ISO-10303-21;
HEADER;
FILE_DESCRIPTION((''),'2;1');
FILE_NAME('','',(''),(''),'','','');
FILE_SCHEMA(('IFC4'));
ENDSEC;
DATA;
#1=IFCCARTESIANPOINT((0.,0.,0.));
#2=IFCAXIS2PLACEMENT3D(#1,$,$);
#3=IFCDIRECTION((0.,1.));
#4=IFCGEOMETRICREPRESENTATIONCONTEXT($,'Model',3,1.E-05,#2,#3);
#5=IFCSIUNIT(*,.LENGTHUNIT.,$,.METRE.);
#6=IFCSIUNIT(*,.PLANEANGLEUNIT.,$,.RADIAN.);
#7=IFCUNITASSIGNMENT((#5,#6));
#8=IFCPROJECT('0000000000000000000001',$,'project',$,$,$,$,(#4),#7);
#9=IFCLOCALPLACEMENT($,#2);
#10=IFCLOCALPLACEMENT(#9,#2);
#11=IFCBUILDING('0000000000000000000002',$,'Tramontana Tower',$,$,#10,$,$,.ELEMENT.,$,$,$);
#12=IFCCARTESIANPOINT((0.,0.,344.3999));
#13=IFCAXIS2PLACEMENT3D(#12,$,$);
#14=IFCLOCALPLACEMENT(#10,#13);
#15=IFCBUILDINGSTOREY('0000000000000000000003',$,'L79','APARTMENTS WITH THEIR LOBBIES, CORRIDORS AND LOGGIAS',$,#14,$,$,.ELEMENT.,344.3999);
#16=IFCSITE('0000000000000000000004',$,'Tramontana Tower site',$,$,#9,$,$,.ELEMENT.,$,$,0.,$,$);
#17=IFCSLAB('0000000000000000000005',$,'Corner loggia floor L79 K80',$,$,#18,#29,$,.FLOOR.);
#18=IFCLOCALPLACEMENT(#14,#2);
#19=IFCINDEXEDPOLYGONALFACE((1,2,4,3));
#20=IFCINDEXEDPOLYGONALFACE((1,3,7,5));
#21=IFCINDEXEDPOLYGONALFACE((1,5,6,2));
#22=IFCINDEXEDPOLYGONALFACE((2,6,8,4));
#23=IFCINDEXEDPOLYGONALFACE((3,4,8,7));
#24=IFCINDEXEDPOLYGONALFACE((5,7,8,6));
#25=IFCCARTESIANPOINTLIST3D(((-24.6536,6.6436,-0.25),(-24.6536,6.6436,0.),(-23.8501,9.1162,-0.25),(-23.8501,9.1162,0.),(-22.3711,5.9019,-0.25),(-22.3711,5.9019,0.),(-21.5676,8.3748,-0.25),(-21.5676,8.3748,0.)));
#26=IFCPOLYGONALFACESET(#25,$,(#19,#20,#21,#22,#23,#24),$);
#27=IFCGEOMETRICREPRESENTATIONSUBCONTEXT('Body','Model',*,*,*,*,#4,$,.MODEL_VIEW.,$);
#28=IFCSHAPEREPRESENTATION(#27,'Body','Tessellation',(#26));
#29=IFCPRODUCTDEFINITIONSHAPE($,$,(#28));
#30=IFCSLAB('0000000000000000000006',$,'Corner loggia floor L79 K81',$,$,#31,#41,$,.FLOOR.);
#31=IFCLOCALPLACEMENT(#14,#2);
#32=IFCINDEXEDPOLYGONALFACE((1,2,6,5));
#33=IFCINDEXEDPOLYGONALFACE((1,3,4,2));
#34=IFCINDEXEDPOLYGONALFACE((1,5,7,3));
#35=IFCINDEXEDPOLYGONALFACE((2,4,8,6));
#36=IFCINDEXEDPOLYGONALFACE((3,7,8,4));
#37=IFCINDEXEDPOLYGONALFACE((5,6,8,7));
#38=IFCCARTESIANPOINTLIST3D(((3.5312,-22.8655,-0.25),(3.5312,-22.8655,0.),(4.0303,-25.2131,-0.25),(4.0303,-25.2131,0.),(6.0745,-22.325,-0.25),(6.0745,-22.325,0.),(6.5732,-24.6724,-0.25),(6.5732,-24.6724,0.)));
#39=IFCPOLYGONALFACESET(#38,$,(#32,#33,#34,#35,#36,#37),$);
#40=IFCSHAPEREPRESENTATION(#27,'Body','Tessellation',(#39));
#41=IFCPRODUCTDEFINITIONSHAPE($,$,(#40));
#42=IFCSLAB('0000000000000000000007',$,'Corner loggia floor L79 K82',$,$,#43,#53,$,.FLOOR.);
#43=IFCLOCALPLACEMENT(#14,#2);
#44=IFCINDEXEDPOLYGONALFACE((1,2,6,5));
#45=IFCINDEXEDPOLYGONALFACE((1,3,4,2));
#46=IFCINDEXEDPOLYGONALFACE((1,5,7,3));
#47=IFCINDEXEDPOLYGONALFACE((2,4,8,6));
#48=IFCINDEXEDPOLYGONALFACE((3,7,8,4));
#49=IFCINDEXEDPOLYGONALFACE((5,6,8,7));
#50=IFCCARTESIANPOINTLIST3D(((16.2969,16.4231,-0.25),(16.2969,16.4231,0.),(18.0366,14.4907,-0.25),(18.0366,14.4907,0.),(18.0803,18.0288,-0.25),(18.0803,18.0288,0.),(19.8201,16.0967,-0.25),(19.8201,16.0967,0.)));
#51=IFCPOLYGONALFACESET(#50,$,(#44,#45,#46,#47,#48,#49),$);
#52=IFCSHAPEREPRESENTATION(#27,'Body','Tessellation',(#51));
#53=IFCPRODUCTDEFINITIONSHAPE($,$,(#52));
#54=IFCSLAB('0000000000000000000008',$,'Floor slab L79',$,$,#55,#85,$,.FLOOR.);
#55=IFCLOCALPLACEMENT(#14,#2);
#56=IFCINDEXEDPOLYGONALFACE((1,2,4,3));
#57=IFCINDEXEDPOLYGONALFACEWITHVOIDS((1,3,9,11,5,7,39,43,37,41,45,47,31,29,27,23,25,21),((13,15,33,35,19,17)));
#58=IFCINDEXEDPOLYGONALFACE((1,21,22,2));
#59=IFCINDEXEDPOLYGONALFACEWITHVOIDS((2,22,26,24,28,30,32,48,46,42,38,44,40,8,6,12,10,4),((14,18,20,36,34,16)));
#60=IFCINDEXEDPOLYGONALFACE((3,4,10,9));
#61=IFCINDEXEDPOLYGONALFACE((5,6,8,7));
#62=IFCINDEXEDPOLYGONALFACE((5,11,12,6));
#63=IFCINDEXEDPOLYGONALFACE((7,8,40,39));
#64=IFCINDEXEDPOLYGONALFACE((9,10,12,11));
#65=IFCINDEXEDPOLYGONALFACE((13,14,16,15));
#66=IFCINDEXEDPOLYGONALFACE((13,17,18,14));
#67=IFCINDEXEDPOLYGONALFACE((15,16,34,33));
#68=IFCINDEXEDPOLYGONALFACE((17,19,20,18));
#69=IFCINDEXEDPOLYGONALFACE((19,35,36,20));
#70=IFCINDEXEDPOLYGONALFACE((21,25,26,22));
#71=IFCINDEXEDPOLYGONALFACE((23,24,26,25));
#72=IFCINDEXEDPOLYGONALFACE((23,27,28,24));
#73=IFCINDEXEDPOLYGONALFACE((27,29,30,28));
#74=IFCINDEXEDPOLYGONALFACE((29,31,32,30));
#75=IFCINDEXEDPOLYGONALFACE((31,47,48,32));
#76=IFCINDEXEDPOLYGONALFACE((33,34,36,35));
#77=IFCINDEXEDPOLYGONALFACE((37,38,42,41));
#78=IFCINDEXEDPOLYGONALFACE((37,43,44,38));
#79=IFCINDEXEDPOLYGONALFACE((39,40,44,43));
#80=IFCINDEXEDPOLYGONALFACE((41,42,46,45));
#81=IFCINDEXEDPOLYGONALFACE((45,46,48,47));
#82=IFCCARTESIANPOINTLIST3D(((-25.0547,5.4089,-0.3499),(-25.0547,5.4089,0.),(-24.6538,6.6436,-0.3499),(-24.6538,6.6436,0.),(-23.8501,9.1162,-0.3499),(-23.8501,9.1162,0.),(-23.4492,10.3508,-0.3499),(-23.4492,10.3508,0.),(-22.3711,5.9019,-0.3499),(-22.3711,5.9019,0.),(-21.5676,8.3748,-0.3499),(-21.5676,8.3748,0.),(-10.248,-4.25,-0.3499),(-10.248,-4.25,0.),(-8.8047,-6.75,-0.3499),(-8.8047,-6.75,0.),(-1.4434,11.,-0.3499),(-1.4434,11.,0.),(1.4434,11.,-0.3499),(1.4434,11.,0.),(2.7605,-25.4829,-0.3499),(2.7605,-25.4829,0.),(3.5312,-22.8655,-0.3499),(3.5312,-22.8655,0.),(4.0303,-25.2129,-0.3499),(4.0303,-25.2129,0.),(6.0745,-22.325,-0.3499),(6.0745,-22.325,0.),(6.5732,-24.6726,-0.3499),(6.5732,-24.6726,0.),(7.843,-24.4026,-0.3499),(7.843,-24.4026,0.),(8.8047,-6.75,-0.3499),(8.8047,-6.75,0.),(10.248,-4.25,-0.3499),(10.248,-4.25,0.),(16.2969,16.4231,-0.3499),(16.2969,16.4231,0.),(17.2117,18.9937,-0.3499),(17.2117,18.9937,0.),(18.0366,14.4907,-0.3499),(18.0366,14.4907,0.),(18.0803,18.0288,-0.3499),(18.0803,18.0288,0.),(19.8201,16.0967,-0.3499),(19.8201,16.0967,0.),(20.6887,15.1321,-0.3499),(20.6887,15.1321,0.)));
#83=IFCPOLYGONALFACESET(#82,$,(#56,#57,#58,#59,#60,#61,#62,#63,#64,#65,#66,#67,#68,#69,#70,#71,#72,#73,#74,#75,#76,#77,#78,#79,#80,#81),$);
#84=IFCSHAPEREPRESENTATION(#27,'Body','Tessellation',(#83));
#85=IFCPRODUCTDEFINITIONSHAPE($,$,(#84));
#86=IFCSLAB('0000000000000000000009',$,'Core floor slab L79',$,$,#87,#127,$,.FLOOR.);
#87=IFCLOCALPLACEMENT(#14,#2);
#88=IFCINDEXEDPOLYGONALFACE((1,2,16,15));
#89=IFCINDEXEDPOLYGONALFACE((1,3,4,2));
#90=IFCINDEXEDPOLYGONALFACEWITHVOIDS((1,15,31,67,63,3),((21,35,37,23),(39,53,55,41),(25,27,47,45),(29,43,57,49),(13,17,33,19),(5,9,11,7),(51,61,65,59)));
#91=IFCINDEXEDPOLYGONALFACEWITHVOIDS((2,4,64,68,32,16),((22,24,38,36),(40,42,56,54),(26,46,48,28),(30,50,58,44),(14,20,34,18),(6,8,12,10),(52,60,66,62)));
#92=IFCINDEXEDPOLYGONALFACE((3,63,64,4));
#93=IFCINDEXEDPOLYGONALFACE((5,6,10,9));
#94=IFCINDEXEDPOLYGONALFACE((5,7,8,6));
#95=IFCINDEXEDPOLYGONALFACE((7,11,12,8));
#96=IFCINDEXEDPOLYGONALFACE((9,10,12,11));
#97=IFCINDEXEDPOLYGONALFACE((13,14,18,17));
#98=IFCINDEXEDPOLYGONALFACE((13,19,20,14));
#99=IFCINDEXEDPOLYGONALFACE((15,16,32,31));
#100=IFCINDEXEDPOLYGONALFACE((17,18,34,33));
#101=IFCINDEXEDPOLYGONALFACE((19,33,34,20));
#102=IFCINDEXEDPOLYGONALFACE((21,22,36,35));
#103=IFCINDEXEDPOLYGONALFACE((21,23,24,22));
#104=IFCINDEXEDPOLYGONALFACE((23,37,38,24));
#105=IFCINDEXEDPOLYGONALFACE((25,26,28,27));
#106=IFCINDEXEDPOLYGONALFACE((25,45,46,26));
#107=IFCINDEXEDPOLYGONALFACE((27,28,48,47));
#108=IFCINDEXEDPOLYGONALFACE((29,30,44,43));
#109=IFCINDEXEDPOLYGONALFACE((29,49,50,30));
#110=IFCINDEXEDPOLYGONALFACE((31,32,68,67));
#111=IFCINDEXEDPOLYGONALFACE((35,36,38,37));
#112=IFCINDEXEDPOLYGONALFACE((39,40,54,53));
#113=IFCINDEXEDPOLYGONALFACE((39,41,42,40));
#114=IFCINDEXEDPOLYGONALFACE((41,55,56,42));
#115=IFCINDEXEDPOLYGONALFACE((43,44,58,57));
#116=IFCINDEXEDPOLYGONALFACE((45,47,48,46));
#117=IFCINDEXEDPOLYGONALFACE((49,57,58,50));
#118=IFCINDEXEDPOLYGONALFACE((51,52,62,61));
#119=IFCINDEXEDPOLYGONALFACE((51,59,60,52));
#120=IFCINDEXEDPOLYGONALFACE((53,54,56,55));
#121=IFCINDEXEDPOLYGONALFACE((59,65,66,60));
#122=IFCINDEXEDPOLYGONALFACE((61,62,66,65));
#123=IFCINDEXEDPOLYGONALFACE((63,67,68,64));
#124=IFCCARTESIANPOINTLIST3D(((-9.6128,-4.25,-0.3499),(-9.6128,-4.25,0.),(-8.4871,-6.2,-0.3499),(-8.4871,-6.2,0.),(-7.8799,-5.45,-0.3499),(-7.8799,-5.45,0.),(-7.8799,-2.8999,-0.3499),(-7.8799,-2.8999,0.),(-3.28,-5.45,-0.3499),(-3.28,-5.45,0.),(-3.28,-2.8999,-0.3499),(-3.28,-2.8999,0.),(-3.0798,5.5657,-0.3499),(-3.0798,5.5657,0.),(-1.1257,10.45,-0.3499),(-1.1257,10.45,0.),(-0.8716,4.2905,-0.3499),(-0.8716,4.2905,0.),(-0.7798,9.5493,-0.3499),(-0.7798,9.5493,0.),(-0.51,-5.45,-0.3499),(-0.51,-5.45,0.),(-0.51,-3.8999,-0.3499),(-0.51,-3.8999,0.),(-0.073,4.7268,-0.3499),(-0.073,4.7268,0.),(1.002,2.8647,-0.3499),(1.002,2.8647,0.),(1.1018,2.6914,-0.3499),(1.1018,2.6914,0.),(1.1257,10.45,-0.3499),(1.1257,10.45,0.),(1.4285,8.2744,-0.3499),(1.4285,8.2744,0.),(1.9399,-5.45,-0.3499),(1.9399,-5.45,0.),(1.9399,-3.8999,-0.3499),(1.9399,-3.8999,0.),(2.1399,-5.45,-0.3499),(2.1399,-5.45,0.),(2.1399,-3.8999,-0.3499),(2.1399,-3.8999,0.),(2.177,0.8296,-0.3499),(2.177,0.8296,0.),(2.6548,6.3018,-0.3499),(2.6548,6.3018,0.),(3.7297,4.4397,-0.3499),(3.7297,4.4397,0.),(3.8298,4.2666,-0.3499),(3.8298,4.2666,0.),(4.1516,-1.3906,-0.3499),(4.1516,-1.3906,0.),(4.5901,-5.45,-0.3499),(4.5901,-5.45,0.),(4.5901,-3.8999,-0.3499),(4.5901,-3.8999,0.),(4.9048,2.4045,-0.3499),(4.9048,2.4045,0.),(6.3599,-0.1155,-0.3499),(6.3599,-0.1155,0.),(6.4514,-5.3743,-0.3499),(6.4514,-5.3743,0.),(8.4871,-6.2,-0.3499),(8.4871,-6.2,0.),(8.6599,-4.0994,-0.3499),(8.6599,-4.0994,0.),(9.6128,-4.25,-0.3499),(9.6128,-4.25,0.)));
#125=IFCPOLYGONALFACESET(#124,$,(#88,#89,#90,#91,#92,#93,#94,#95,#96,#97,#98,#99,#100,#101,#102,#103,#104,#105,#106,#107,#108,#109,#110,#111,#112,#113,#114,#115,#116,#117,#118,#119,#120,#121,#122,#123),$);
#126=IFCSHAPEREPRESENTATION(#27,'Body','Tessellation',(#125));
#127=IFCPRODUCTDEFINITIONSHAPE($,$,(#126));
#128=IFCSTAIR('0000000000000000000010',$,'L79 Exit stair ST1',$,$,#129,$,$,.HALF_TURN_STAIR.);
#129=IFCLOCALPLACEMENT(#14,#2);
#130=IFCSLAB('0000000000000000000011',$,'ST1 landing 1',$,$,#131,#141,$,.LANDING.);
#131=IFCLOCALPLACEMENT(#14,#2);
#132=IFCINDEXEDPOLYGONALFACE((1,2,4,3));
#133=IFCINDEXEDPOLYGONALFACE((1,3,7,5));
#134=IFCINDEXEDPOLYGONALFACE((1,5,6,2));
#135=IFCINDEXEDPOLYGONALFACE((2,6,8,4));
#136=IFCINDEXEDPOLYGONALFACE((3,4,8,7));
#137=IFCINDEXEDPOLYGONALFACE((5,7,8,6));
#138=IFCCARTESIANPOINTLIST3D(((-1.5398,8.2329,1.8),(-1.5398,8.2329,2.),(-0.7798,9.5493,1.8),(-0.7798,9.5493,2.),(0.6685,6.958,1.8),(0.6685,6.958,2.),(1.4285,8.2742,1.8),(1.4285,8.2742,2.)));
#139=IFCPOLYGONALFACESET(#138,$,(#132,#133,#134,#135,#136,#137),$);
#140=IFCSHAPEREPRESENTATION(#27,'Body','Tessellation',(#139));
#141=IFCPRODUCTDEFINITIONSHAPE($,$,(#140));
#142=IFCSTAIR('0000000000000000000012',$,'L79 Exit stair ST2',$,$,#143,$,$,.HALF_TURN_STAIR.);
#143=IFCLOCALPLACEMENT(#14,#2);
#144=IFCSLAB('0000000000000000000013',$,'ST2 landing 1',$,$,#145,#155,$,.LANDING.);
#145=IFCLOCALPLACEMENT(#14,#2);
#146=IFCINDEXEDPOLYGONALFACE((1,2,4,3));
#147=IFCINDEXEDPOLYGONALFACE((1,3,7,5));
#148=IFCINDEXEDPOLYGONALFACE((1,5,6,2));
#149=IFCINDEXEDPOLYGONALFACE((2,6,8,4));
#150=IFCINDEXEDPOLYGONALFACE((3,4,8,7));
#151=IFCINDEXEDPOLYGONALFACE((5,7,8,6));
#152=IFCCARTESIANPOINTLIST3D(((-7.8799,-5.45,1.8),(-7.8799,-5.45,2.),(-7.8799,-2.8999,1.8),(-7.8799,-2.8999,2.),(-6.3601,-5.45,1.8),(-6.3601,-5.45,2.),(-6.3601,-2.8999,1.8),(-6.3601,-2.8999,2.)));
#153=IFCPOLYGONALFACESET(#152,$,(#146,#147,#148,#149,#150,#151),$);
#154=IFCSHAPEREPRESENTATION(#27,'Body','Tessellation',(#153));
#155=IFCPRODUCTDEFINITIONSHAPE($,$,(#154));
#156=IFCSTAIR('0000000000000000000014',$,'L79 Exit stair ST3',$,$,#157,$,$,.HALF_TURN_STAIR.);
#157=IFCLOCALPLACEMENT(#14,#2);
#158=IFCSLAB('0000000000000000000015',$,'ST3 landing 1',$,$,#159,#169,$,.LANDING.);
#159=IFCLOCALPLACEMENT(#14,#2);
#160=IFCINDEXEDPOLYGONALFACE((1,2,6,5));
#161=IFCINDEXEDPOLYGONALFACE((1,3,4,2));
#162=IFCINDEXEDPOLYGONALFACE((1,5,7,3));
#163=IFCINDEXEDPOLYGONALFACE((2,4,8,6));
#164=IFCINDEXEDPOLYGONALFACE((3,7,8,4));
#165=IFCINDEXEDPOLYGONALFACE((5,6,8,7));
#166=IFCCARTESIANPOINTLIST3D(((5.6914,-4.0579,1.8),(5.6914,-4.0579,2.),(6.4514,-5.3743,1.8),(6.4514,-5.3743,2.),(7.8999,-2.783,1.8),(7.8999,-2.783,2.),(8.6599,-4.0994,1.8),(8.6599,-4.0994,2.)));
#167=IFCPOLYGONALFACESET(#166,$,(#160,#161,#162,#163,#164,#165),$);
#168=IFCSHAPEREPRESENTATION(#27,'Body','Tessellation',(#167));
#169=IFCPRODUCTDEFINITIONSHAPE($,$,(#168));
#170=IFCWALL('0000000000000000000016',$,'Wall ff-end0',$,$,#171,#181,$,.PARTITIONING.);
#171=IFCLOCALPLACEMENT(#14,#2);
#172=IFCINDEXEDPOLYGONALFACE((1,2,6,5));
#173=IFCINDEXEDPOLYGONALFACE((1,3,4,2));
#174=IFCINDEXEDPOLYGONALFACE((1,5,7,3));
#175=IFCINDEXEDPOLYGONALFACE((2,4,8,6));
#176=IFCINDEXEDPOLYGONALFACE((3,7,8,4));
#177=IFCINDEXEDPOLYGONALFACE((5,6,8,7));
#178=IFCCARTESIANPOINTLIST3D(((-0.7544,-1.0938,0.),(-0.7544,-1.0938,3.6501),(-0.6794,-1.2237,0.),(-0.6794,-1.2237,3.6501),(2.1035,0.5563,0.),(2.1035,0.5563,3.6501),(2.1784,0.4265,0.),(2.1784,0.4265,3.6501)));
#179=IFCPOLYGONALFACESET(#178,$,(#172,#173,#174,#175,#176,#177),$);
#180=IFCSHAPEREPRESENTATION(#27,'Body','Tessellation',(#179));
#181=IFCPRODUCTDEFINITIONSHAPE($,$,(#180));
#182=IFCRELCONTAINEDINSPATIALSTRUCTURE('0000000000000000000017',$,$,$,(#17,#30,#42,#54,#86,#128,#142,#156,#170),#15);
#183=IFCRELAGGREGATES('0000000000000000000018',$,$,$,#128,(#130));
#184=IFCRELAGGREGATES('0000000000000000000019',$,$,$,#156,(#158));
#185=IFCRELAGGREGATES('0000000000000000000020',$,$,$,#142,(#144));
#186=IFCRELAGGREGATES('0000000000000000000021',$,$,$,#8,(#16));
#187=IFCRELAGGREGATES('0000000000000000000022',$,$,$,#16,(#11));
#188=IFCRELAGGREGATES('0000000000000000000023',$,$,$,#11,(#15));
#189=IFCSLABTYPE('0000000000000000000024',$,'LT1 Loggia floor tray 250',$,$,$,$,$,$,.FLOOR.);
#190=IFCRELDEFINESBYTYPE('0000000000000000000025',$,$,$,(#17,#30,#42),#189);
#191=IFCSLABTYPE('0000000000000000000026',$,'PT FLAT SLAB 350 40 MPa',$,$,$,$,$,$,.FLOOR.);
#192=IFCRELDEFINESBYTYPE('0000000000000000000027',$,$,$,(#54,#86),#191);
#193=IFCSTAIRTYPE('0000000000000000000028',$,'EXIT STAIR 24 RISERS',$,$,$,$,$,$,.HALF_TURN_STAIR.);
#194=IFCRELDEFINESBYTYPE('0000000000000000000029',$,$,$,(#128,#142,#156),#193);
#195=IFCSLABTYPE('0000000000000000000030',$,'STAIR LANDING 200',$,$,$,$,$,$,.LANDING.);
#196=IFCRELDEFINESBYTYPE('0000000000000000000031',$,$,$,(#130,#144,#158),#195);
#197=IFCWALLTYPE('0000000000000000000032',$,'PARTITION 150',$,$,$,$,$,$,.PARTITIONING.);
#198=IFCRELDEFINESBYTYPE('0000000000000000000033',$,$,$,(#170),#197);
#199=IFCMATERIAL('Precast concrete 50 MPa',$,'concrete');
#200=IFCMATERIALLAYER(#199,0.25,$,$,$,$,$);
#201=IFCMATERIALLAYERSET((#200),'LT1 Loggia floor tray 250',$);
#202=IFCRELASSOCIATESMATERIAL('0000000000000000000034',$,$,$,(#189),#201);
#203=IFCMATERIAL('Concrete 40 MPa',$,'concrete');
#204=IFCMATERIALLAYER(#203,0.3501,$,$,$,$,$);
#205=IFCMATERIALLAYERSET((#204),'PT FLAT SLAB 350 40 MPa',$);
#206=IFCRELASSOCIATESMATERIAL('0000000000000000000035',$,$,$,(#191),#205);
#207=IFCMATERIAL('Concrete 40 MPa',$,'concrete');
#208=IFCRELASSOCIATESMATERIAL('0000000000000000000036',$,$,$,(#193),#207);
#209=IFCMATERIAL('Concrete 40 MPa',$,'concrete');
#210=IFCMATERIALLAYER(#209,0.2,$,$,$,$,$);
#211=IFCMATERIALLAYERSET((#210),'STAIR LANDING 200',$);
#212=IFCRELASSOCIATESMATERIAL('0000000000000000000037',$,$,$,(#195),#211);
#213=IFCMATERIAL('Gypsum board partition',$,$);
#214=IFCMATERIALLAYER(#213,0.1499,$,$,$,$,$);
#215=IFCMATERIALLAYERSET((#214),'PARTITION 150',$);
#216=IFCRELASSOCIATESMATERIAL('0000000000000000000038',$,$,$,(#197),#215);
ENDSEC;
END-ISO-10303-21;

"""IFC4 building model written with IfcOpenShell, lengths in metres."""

from ifc_helpers import new_model, si_unit, direction, frame, frame_2d, origin, place, context, subcontext, project, spatial, polyline, rectangle, outline, extrude, material, layer, layer_set, type_object, element, aggregate, save


model = new_model("IFC4")

# Units and contexts
model_context = context("Model", 3, precision=1e-05, world=origin(), true_north=direction((0.0, 1.0)))
body_context = subcontext(model_context, "Body", "Model", "MODEL_VIEW")
ifc_project = project(units=[si_unit("LENGTHUNIT", "METRE"), si_unit("PLANEANGLEUNIT", "RADIAN")], contexts=[model_context])

# Site, building, storey
site_placement = place(None, origin())
site = spatial("IfcSite", under=ifc_project, at=site_placement, Name="Tramontana Tower site", CompositionType="ELEMENT", RefElevation=0.0)
building_placement = place(site_placement, origin())
building = spatial("IfcBuilding", under=site, at=building_placement, Name="Tramontana Tower", CompositionType="ELEMENT")
storey_placement = place(building_placement, frame((0.0, 0.0, 344.3999)))
storey = spatial("IfcBuildingStorey", under=building, at=storey_placement, Name="L79", Description="APARTMENTS WITH THEIR LOBBIES, CORRIDORS AND LOGGIAS", CompositionType="ELEMENT", Elevation=344.3999)

# Slabs
ifc_material_1 = material(Name="Precast concrete 50 MPa", Category="concrete")
ifc_layer_1 = layer(ifc_material_1, 0.25)
ifc_layer_set_1 = layer_set([ifc_layer_1], Name="LT1 Loggia floor tray 250")
slab_type_1 = type_object("IfcSlabType", Name="LT1 Loggia floor tray 250", PredefinedType="FLOOR", material=ifc_layer_set_1)
slab_1_placement = place(storey_placement, frame((0.0, 0.0, -0.25)))
element("IfcSlab", 1, at=slab_1_placement, inside=storey, type_object=slab_type_1, Name="Corner loggia floor L79 K80", PredefinedType="FLOOR", context=body_context, shape_type="SweptSolid", body=[
    extrude(outline(polyline([(-23.8501, 9.1162), (-21.5676, 8.3748), (-22.3711, 5.9019), (-24.6536, 6.6436), (-23.8501, 9.1162)])), origin(), (0.0, 0.0, 1.0), 0.25),
])
slab_2_placement = place(storey_placement, frame((0.0, 0.0, -0.25)))
element("IfcSlab", 2, at=slab_2_placement, inside=storey, type_object=slab_type_1, Name="Corner loggia floor L79 K81", PredefinedType="FLOOR", context=body_context, shape_type="SweptSolid", body=[
    extrude(outline(polyline([(4.0303, -25.2131), (3.5312, -22.8655), (6.0745, -22.325), (6.5732, -24.6724), (4.0303, -25.2131)])), origin(), (0.0, 0.0, 1.0), 0.25),
])
slab_3_placement = place(storey_placement, frame((0.0, 0.0, -0.25)))
element("IfcSlab", 3, at=slab_3_placement, inside=storey, type_object=slab_type_1, Name="Corner loggia floor L79 K82", PredefinedType="FLOOR", context=body_context, shape_type="SweptSolid", body=[
    extrude(outline(polyline([(19.8201, 16.0967), (18.0366, 14.4907), (16.2969, 16.4231), (18.0803, 18.0288), (19.8201, 16.0967)])), origin(), (0.0, 0.0, 1.0), 0.25),
])
ifc_material_2 = material(Name="Concrete 40 MPa", Category="concrete")
ifc_layer_2 = layer(ifc_material_2, 0.3501)
ifc_layer_set_2 = layer_set([ifc_layer_2], Name="PT FLAT SLAB 350 40 MPa")
slab_type_2 = type_object("IfcSlabType", Name="PT FLAT SLAB 350 40 MPa", PredefinedType="FLOOR", material=ifc_layer_set_2)
slab_4_placement = place(storey_placement, frame((0.0, 0.0, -0.3499)))
element("IfcSlab", 4, at=slab_4_placement, inside=storey, type_object=slab_type_2, Name="Floor slab L79", PredefinedType="FLOOR", context=body_context, shape_type="SweptSolid", body=[
    extrude(outline(polyline([(18.0803, 18.0288), (16.2969, 16.4231), (18.0366, 14.4907), (19.8201, 16.0967), (20.6887, 15.1321), (7.843, -24.4026), (6.5732, -24.6726), (6.0745, -22.325), (3.5312, -22.8655), (4.0303, -25.2129), (2.7605, -25.4829), (-25.0547, 5.4089), (-24.6538, 6.6436), (-22.3711, 5.9019), (-21.5676, 8.3748), (-23.8501, 9.1162), (-23.4492, 10.3508), (17.2117, 18.9937), (18.0803, 18.0288)]), holes=[polyline([(-10.248, -4.25), (-8.8047, -6.75), (8.8047, -6.75), (10.248, -4.25), (1.4434, 11.0), (-1.4434, 11.0), (-10.248, -4.25)])]), origin(), (0.0, 0.0, 1.0), 0.3499),
])
slab_5_placement = place(storey_placement, frame((0.0, 0.0, -0.3499)))
element("IfcSlab", 5, at=slab_5_placement, inside=storey, type_object=slab_type_2, Name="Core floor slab L79", PredefinedType="FLOOR", context=body_context, shape_type="SweptSolid", body=[
    extrude(outline(polyline([(9.6128, -4.25), (8.4871, -6.2), (-8.4871, -6.2), (-9.6128, -4.25), (-1.1257, 10.45), (1.1257, 10.45), (9.6128, -4.25)]), holes=[polyline([(8.6599, -4.0994), (6.3599, -0.1155), (4.1516, -1.3906), (6.4514, -5.3743), (8.6599, -4.0994)]), polyline([(3.8298, 4.2666), (1.1018, 2.6914), (2.177, 0.8296), (4.9048, 2.4045), (3.8298, 4.2666)]), polyline([(4.5901, -3.8999), (2.1399, -3.8999), (2.1399, -5.45), (4.5901, -5.45), (4.5901, -3.8999)]), polyline([(2.6548, 6.3018), (-0.073, 4.7268), (1.002, 2.8647), (3.7297, 4.4397), (2.6548, 6.3018)]), polyline([(1.9399, -5.45), (1.9399, -3.8999), (-0.51, -3.8999), (-0.51, -5.45), (1.9399, -5.45)]), polyline([(-0.7798, 9.5493), (-3.0798, 5.5657), (-0.8716, 4.2905), (1.4285, 8.2744), (-0.7798, 9.5493)]), polyline([(-7.8799, -5.45), (-3.28, -5.45), (-3.28, -2.8999), (-7.8799, -2.8999), (-7.8799, -5.45)])]), origin(), (0.0, 0.0, 1.0), 0.3499),
])

# Stairs, slabs
ifc_material_3 = material(Name="Concrete 40 MPa", Category="concrete")
stair_type = type_object("IfcStairType", Name="EXIT STAIR 24 RISERS", PredefinedType="HALF_TURN_STAIR", material=ifc_material_3)
stair_1_placement = place(storey_placement, origin())
stair_1 = element("IfcStair", 6, at=stair_1_placement, inside=storey, type_object=stair_type, Name="L79 Exit stair ST1", PredefinedType="HALF_TURN_STAIR")
ifc_material_4 = material(Name="Concrete 40 MPa", Category="concrete")
ifc_layer_3 = layer(ifc_material_4, 0.2)
ifc_layer_set_3 = layer_set([ifc_layer_3], Name="STAIR LANDING 200")
slab_type_3 = type_object("IfcSlabType", Name="STAIR LANDING 200", PredefinedType="LANDING", material=ifc_layer_set_3)
slab_6_placement = place(storey_placement, frame((0.0, 0.0, 1.8)))
slab_6 = element("IfcSlab", 7, at=slab_6_placement, type_object=slab_type_3, Name="ST1 landing 1", PredefinedType="LANDING", context=body_context, shape_type="SweptSolid", body=[
    extrude(outline(polyline([(0.6685, 6.958), (1.4285, 8.2742), (-0.7798, 9.5493), (-1.5398, 8.2329), (0.6685, 6.958)])), origin(), (0.0, 0.0, 1.0), 0.2),
])
aggregate(stair_1, [slab_6])
stair_2_placement = place(storey_placement, origin())
stair_2 = element("IfcStair", 8, at=stair_2_placement, inside=storey, type_object=stair_type, Name="L79 Exit stair ST2", PredefinedType="HALF_TURN_STAIR")
slab_7_placement = place(storey_placement, frame((0.0, 0.0, 1.8)))
slab_7 = element("IfcSlab", 9, at=slab_7_placement, type_object=slab_type_3, Name="ST2 landing 1", PredefinedType="LANDING", context=body_context, shape_type="SweptSolid", body=[
    extrude(outline(polyline([(-6.3601, -2.8999), (-7.8799, -2.8999), (-7.8799, -5.45), (-6.3601, -5.45), (-6.3601, -2.8999)])), origin(), (0.0, 0.0, 1.0), 0.2),
])
stair_3_placement = place(storey_placement, origin())
stair_3 = element("IfcStair", 10, at=stair_3_placement, inside=storey, type_object=stair_type, Name="L79 Exit stair ST3", PredefinedType="HALF_TURN_STAIR")
slab_8_placement = place(storey_placement, frame((0.0, 0.0, 1.8)))
slab_8 = element("IfcSlab", 11, at=slab_8_placement, type_object=slab_type_3, Name="ST3 landing 1", PredefinedType="LANDING", context=body_context, shape_type="SweptSolid", body=[
    extrude(outline(polyline([(5.6914, -4.0579), (6.4514, -5.3743), (8.6599, -4.0994), (7.8999, -2.783), (5.6914, -4.0579)])), origin(), (0.0, 0.0, 1.0), 0.2),
])
aggregate(stair_3, [slab_8])

# Shared definitions
ifc_material_5 = material(Name="Gypsum board partition")
ifc_layer_4 = layer(ifc_material_5, 0.1499)
ifc_layer_set_4 = layer_set([ifc_layer_4], Name="PARTITION 150")
wall_type_1 = type_object("IfcWallType", Name="PARTITION 150", PredefinedType="PARTITIONING", material=ifc_layer_set_4)

# Wall
wall_1_placement = place(storey_placement, frame((-0.7168, -1.1587, 0.0), z_axis=(0.0, 0.0, 1.0), x_axis=(0.866008, 0.50003, 0.0)))
element("IfcWall", 12, at=wall_1_placement, inside=storey, type_object=wall_type_1, Name="Wall ff-end0", PredefinedType="PARTITIONING", context=body_context, shape_type="SweptSolid", body=[
    extrude(rectangle(XDim=3.3, YDim=0.1499, at=frame_2d((1.6499, 0.0))), origin(), (0.0, 0.0, 1.0), 3.6501),
])

aggregate(stair_2, [slab_7])

save(model, "model.ifc")
